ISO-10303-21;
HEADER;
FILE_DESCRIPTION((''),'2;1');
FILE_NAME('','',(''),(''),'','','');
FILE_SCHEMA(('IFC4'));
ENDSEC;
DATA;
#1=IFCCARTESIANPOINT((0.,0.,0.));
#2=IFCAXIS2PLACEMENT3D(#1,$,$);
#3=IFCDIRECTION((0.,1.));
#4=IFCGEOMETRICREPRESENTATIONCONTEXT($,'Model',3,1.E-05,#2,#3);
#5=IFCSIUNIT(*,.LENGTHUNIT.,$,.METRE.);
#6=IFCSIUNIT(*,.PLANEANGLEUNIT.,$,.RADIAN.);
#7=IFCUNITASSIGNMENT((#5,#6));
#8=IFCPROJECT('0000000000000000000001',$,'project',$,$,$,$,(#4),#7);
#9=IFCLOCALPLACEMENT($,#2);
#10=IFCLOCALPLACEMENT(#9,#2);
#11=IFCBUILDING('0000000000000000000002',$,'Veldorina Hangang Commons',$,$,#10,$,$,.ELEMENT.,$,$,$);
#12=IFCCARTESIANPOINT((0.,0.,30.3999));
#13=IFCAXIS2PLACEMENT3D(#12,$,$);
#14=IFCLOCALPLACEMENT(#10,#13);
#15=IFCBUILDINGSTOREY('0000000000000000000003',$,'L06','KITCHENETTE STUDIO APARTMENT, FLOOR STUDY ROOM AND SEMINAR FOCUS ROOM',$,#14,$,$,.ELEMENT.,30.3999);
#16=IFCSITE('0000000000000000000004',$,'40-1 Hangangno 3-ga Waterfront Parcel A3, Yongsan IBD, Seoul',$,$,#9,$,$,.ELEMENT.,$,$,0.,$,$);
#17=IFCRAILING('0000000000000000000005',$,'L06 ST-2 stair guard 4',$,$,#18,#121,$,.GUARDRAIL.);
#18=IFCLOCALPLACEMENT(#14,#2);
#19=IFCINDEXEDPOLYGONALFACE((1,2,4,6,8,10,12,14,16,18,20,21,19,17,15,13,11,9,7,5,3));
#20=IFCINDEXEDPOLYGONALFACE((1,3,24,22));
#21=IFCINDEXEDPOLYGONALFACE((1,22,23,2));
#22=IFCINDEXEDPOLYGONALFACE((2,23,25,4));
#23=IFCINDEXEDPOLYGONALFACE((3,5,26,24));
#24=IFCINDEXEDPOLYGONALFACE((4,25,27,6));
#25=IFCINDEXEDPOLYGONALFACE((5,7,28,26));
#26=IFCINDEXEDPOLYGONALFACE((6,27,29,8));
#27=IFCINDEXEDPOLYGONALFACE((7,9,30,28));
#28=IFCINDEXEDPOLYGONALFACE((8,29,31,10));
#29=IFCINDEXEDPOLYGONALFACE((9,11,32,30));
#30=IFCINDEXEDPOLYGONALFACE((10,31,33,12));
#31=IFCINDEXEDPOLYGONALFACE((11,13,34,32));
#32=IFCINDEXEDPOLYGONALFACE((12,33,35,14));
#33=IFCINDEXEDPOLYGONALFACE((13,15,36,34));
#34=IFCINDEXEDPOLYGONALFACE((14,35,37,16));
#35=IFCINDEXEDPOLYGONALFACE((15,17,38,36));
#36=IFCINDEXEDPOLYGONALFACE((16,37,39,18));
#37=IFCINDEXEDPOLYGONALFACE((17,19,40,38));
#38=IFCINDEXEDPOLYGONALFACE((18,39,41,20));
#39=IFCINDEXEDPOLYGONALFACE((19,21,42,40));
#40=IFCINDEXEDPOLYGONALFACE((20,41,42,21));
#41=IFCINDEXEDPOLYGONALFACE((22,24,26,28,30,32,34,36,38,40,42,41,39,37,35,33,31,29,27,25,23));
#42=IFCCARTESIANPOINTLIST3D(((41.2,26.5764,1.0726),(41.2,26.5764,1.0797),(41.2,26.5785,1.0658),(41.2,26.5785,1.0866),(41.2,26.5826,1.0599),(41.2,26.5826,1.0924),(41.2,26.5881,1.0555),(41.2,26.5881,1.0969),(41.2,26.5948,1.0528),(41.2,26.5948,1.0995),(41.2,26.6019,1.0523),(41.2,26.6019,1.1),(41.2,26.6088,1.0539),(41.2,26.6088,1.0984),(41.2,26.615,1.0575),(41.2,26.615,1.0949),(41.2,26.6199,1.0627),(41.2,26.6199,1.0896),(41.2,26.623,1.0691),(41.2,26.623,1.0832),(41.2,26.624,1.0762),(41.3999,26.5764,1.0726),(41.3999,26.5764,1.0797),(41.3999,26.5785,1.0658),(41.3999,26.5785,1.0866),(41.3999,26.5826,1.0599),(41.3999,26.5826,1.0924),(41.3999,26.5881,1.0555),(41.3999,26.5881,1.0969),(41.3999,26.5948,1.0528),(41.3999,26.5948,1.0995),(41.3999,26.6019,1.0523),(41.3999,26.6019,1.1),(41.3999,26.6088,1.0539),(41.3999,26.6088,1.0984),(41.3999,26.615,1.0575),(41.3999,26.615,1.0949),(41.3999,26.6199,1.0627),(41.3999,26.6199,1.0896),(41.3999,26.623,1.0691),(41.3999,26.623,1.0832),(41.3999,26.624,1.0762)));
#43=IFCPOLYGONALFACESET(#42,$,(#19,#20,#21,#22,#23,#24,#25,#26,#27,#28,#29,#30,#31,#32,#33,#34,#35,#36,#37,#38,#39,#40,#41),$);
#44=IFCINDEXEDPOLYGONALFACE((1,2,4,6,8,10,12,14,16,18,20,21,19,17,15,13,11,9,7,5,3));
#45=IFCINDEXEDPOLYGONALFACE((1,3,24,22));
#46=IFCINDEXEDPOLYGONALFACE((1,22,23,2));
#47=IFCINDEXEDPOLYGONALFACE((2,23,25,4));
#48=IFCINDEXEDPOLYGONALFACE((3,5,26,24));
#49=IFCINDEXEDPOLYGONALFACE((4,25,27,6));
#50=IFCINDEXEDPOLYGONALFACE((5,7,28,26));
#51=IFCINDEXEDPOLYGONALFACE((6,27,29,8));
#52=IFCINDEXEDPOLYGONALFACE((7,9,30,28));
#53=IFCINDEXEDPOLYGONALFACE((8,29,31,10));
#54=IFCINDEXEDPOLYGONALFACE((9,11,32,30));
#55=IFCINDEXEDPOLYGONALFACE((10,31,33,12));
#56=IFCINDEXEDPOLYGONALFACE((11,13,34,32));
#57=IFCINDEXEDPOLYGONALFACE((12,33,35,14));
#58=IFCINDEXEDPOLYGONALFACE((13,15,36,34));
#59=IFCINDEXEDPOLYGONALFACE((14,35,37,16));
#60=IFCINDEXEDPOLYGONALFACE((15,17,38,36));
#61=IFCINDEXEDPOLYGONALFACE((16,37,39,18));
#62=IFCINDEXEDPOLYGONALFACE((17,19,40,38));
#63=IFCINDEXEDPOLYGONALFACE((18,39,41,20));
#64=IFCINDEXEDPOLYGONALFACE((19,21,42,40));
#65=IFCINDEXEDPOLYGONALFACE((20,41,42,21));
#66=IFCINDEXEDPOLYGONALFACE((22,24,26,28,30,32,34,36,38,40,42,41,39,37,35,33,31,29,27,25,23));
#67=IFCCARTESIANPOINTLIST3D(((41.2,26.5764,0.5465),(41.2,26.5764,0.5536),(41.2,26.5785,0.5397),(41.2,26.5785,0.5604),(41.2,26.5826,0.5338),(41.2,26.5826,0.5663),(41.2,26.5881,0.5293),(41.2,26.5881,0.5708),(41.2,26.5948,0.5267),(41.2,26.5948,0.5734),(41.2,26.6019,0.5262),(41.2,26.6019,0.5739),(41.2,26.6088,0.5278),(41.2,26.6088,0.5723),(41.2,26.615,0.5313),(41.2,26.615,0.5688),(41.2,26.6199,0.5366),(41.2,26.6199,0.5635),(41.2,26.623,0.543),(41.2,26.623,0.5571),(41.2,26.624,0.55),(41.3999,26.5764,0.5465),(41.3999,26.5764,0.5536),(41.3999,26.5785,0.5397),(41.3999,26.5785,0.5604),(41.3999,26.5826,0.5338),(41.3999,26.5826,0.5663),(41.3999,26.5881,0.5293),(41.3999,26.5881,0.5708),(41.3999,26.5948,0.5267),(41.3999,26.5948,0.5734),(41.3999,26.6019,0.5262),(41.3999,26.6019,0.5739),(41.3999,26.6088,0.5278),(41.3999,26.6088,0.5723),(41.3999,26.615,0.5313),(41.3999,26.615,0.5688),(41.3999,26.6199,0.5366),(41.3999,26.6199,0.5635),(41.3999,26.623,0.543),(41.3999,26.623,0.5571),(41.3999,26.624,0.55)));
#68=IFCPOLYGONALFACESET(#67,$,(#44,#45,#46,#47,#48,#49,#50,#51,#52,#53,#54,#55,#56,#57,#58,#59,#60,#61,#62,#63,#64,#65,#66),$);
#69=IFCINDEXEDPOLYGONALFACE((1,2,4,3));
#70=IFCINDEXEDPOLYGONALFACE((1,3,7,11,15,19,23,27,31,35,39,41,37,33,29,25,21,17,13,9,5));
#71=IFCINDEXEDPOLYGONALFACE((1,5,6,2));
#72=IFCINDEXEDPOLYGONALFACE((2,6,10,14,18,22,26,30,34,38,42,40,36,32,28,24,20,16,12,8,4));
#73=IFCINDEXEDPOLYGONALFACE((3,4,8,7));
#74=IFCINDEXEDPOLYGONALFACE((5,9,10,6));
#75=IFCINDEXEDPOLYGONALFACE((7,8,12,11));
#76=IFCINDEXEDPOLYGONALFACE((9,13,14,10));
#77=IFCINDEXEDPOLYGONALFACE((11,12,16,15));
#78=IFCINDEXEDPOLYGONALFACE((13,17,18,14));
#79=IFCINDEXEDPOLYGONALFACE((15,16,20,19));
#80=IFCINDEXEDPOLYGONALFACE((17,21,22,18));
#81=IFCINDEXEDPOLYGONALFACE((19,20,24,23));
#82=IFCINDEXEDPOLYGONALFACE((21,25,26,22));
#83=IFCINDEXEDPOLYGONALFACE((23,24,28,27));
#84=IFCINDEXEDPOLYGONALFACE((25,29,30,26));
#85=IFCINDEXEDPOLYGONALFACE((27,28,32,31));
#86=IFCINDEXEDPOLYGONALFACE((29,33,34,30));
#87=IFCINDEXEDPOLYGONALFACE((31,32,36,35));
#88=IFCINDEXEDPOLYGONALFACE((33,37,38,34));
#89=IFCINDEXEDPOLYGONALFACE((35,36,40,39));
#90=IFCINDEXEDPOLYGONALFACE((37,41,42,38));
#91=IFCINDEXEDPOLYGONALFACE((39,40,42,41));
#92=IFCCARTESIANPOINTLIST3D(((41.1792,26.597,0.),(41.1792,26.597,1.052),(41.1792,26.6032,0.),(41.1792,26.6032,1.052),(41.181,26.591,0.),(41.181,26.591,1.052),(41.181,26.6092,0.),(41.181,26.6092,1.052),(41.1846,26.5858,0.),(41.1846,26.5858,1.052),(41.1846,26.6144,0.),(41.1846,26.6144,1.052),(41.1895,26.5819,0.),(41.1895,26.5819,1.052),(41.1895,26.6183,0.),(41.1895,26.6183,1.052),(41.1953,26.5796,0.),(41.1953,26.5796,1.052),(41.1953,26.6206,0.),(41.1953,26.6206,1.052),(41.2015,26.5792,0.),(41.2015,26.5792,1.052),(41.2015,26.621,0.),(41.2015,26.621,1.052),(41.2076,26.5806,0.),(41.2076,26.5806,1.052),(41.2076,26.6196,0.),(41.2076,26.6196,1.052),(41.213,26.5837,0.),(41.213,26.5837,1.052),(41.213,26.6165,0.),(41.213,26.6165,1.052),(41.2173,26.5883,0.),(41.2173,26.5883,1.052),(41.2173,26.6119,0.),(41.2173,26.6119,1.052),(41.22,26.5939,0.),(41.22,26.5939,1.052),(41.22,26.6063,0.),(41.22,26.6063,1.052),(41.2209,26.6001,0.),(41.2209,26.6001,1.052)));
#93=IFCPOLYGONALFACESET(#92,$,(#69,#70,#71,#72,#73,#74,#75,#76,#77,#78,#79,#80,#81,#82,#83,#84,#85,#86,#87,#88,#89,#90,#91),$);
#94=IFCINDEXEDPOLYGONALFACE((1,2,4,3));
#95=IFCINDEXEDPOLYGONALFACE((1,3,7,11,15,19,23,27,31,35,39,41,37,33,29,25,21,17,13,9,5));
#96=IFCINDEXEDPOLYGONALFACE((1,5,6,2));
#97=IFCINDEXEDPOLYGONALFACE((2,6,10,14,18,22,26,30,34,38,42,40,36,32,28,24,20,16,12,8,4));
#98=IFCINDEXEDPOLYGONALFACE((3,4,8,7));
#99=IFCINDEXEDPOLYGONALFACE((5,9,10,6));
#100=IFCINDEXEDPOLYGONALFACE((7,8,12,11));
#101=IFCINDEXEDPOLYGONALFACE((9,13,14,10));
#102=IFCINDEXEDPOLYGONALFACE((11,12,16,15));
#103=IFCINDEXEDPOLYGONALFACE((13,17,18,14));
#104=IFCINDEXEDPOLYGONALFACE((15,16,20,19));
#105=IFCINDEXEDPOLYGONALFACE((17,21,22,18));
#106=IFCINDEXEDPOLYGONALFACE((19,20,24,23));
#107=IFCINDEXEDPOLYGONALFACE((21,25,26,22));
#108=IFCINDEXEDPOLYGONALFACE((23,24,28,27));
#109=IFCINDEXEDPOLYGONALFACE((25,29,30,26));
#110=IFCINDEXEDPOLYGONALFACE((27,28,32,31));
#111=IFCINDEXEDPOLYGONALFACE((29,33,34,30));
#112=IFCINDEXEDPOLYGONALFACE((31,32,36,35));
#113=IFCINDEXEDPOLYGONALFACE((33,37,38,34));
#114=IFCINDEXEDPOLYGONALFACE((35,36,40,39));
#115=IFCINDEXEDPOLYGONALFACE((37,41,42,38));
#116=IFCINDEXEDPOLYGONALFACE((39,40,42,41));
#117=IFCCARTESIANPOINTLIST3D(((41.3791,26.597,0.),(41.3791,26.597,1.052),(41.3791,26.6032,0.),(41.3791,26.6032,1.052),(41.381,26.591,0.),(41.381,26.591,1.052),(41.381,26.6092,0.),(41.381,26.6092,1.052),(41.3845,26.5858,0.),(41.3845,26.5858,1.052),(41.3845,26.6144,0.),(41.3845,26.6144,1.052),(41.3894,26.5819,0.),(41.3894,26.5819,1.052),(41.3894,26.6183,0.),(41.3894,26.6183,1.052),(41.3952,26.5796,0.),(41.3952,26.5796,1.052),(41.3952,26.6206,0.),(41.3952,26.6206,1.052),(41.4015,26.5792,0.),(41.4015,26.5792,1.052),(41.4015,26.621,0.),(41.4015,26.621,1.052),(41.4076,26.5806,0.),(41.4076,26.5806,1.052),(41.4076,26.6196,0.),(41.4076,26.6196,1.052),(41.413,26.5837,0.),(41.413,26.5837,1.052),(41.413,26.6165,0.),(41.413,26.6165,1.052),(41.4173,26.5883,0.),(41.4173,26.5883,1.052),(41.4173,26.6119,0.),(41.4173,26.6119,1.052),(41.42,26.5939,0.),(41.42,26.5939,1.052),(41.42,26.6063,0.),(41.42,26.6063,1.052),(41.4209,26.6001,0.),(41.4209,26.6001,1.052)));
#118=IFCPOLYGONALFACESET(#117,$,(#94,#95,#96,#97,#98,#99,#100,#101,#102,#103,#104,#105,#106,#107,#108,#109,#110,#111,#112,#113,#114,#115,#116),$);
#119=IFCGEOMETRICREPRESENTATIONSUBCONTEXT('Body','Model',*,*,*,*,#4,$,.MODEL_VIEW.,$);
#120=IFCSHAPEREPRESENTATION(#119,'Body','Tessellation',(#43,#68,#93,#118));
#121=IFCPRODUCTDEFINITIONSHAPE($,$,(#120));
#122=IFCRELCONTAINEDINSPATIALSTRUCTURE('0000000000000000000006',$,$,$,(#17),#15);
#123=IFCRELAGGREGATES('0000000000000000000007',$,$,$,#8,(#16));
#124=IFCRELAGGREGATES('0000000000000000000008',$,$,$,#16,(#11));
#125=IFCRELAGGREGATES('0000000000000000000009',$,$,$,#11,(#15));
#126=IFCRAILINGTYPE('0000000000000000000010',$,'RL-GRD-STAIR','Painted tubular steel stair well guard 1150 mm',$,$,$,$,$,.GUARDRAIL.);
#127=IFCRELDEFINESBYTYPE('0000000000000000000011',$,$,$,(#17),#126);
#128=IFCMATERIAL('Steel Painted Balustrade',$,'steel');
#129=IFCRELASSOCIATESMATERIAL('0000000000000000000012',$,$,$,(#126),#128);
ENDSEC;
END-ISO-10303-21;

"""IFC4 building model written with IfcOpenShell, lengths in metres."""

from ifc_helpers import new_model, si_unit, direction, frame, origin, origin_2d, place, context, subcontext, project, spatial, circle, extrude, material, type_object, element, save


model = new_model("IFC4")

# Units and contexts
model_context = context("Model", 3, precision=1e-05, world=origin(), true_north=direction((0.0, 1.0)))
body_context = subcontext(model_context, "Body", "Model", "MODEL_VIEW")
ifc_project = project(units=[si_unit("LENGTHUNIT", "METRE"), si_unit("PLANEANGLEUNIT", "RADIAN")], contexts=[model_context])

# Site, building, storey
site_placement = place(None, origin())
site = spatial("IfcSite", under=ifc_project, at=site_placement, Name="40-1 Hangangno 3-ga Waterfront Parcel A3, Yongsan IBD, Seoul", CompositionType="ELEMENT", RefElevation=0.0)
building_placement = place(site_placement, origin())
building = spatial("IfcBuilding", under=site, at=building_placement, Name="Veldorina Hangang Commons", CompositionType="ELEMENT")
storey_placement = place(building_placement, frame((0.0, 0.0, 30.3999)))
storey = spatial("IfcBuildingStorey", under=building, at=storey_placement, Name="L06", Description="KITCHENETTE STUDIO APARTMENT, FLOOR STUDY ROOM AND SEMINAR FOCUS ROOM", CompositionType="ELEMENT", Elevation=30.3999)

# Railing
ifc_material_1 = material(Name="Steel Painted Balustrade", Category="steel")
railing_type_1 = type_object("IfcRailingType", Name="RL-GRD-STAIR", Description="Painted tubular steel stair well guard 1150 mm", PredefinedType="GUARDRAIL", material=ifc_material_1)
railing_1_placement = place(storey_placement, frame((41.2, 26.6001, 0.0)))
element("IfcRailing", 1, at=railing_1_placement, inside=storey, type_object=railing_type_1, Name="L06 ST-2 stair guard 4", PredefinedType="GUARDRAIL", context=body_context, shape_type="SweptSolid", body=[
    extrude(circle(Radius=0.0239, at=origin_2d()), frame((0.0, 0.0, 1.0762), z_axis=(1.0, 0.0, 0.0), x_axis=(0.0, 1.0, 0.0)), (0.0, 0.0, 1.0), 0.2),
    extrude(circle(Radius=0.0239, at=origin_2d()), frame((0.0, 0.0, 0.55), z_axis=(1.0, 0.0, 0.0), x_axis=(0.0, 1.0, 0.0)), (0.0, 0.0, 1.0), 0.2),
    extrude(circle(Radius=0.021, at=origin_2d()), origin(), (0.0, 0.0, 1.0), 1.052),
    extrude(circle(Radius=0.021, at=origin_2d()), frame((0.2, 0.0, 0.0)), (0.0, 0.0, 1.0), 1.052),
])

save(model, "model.ifc")
